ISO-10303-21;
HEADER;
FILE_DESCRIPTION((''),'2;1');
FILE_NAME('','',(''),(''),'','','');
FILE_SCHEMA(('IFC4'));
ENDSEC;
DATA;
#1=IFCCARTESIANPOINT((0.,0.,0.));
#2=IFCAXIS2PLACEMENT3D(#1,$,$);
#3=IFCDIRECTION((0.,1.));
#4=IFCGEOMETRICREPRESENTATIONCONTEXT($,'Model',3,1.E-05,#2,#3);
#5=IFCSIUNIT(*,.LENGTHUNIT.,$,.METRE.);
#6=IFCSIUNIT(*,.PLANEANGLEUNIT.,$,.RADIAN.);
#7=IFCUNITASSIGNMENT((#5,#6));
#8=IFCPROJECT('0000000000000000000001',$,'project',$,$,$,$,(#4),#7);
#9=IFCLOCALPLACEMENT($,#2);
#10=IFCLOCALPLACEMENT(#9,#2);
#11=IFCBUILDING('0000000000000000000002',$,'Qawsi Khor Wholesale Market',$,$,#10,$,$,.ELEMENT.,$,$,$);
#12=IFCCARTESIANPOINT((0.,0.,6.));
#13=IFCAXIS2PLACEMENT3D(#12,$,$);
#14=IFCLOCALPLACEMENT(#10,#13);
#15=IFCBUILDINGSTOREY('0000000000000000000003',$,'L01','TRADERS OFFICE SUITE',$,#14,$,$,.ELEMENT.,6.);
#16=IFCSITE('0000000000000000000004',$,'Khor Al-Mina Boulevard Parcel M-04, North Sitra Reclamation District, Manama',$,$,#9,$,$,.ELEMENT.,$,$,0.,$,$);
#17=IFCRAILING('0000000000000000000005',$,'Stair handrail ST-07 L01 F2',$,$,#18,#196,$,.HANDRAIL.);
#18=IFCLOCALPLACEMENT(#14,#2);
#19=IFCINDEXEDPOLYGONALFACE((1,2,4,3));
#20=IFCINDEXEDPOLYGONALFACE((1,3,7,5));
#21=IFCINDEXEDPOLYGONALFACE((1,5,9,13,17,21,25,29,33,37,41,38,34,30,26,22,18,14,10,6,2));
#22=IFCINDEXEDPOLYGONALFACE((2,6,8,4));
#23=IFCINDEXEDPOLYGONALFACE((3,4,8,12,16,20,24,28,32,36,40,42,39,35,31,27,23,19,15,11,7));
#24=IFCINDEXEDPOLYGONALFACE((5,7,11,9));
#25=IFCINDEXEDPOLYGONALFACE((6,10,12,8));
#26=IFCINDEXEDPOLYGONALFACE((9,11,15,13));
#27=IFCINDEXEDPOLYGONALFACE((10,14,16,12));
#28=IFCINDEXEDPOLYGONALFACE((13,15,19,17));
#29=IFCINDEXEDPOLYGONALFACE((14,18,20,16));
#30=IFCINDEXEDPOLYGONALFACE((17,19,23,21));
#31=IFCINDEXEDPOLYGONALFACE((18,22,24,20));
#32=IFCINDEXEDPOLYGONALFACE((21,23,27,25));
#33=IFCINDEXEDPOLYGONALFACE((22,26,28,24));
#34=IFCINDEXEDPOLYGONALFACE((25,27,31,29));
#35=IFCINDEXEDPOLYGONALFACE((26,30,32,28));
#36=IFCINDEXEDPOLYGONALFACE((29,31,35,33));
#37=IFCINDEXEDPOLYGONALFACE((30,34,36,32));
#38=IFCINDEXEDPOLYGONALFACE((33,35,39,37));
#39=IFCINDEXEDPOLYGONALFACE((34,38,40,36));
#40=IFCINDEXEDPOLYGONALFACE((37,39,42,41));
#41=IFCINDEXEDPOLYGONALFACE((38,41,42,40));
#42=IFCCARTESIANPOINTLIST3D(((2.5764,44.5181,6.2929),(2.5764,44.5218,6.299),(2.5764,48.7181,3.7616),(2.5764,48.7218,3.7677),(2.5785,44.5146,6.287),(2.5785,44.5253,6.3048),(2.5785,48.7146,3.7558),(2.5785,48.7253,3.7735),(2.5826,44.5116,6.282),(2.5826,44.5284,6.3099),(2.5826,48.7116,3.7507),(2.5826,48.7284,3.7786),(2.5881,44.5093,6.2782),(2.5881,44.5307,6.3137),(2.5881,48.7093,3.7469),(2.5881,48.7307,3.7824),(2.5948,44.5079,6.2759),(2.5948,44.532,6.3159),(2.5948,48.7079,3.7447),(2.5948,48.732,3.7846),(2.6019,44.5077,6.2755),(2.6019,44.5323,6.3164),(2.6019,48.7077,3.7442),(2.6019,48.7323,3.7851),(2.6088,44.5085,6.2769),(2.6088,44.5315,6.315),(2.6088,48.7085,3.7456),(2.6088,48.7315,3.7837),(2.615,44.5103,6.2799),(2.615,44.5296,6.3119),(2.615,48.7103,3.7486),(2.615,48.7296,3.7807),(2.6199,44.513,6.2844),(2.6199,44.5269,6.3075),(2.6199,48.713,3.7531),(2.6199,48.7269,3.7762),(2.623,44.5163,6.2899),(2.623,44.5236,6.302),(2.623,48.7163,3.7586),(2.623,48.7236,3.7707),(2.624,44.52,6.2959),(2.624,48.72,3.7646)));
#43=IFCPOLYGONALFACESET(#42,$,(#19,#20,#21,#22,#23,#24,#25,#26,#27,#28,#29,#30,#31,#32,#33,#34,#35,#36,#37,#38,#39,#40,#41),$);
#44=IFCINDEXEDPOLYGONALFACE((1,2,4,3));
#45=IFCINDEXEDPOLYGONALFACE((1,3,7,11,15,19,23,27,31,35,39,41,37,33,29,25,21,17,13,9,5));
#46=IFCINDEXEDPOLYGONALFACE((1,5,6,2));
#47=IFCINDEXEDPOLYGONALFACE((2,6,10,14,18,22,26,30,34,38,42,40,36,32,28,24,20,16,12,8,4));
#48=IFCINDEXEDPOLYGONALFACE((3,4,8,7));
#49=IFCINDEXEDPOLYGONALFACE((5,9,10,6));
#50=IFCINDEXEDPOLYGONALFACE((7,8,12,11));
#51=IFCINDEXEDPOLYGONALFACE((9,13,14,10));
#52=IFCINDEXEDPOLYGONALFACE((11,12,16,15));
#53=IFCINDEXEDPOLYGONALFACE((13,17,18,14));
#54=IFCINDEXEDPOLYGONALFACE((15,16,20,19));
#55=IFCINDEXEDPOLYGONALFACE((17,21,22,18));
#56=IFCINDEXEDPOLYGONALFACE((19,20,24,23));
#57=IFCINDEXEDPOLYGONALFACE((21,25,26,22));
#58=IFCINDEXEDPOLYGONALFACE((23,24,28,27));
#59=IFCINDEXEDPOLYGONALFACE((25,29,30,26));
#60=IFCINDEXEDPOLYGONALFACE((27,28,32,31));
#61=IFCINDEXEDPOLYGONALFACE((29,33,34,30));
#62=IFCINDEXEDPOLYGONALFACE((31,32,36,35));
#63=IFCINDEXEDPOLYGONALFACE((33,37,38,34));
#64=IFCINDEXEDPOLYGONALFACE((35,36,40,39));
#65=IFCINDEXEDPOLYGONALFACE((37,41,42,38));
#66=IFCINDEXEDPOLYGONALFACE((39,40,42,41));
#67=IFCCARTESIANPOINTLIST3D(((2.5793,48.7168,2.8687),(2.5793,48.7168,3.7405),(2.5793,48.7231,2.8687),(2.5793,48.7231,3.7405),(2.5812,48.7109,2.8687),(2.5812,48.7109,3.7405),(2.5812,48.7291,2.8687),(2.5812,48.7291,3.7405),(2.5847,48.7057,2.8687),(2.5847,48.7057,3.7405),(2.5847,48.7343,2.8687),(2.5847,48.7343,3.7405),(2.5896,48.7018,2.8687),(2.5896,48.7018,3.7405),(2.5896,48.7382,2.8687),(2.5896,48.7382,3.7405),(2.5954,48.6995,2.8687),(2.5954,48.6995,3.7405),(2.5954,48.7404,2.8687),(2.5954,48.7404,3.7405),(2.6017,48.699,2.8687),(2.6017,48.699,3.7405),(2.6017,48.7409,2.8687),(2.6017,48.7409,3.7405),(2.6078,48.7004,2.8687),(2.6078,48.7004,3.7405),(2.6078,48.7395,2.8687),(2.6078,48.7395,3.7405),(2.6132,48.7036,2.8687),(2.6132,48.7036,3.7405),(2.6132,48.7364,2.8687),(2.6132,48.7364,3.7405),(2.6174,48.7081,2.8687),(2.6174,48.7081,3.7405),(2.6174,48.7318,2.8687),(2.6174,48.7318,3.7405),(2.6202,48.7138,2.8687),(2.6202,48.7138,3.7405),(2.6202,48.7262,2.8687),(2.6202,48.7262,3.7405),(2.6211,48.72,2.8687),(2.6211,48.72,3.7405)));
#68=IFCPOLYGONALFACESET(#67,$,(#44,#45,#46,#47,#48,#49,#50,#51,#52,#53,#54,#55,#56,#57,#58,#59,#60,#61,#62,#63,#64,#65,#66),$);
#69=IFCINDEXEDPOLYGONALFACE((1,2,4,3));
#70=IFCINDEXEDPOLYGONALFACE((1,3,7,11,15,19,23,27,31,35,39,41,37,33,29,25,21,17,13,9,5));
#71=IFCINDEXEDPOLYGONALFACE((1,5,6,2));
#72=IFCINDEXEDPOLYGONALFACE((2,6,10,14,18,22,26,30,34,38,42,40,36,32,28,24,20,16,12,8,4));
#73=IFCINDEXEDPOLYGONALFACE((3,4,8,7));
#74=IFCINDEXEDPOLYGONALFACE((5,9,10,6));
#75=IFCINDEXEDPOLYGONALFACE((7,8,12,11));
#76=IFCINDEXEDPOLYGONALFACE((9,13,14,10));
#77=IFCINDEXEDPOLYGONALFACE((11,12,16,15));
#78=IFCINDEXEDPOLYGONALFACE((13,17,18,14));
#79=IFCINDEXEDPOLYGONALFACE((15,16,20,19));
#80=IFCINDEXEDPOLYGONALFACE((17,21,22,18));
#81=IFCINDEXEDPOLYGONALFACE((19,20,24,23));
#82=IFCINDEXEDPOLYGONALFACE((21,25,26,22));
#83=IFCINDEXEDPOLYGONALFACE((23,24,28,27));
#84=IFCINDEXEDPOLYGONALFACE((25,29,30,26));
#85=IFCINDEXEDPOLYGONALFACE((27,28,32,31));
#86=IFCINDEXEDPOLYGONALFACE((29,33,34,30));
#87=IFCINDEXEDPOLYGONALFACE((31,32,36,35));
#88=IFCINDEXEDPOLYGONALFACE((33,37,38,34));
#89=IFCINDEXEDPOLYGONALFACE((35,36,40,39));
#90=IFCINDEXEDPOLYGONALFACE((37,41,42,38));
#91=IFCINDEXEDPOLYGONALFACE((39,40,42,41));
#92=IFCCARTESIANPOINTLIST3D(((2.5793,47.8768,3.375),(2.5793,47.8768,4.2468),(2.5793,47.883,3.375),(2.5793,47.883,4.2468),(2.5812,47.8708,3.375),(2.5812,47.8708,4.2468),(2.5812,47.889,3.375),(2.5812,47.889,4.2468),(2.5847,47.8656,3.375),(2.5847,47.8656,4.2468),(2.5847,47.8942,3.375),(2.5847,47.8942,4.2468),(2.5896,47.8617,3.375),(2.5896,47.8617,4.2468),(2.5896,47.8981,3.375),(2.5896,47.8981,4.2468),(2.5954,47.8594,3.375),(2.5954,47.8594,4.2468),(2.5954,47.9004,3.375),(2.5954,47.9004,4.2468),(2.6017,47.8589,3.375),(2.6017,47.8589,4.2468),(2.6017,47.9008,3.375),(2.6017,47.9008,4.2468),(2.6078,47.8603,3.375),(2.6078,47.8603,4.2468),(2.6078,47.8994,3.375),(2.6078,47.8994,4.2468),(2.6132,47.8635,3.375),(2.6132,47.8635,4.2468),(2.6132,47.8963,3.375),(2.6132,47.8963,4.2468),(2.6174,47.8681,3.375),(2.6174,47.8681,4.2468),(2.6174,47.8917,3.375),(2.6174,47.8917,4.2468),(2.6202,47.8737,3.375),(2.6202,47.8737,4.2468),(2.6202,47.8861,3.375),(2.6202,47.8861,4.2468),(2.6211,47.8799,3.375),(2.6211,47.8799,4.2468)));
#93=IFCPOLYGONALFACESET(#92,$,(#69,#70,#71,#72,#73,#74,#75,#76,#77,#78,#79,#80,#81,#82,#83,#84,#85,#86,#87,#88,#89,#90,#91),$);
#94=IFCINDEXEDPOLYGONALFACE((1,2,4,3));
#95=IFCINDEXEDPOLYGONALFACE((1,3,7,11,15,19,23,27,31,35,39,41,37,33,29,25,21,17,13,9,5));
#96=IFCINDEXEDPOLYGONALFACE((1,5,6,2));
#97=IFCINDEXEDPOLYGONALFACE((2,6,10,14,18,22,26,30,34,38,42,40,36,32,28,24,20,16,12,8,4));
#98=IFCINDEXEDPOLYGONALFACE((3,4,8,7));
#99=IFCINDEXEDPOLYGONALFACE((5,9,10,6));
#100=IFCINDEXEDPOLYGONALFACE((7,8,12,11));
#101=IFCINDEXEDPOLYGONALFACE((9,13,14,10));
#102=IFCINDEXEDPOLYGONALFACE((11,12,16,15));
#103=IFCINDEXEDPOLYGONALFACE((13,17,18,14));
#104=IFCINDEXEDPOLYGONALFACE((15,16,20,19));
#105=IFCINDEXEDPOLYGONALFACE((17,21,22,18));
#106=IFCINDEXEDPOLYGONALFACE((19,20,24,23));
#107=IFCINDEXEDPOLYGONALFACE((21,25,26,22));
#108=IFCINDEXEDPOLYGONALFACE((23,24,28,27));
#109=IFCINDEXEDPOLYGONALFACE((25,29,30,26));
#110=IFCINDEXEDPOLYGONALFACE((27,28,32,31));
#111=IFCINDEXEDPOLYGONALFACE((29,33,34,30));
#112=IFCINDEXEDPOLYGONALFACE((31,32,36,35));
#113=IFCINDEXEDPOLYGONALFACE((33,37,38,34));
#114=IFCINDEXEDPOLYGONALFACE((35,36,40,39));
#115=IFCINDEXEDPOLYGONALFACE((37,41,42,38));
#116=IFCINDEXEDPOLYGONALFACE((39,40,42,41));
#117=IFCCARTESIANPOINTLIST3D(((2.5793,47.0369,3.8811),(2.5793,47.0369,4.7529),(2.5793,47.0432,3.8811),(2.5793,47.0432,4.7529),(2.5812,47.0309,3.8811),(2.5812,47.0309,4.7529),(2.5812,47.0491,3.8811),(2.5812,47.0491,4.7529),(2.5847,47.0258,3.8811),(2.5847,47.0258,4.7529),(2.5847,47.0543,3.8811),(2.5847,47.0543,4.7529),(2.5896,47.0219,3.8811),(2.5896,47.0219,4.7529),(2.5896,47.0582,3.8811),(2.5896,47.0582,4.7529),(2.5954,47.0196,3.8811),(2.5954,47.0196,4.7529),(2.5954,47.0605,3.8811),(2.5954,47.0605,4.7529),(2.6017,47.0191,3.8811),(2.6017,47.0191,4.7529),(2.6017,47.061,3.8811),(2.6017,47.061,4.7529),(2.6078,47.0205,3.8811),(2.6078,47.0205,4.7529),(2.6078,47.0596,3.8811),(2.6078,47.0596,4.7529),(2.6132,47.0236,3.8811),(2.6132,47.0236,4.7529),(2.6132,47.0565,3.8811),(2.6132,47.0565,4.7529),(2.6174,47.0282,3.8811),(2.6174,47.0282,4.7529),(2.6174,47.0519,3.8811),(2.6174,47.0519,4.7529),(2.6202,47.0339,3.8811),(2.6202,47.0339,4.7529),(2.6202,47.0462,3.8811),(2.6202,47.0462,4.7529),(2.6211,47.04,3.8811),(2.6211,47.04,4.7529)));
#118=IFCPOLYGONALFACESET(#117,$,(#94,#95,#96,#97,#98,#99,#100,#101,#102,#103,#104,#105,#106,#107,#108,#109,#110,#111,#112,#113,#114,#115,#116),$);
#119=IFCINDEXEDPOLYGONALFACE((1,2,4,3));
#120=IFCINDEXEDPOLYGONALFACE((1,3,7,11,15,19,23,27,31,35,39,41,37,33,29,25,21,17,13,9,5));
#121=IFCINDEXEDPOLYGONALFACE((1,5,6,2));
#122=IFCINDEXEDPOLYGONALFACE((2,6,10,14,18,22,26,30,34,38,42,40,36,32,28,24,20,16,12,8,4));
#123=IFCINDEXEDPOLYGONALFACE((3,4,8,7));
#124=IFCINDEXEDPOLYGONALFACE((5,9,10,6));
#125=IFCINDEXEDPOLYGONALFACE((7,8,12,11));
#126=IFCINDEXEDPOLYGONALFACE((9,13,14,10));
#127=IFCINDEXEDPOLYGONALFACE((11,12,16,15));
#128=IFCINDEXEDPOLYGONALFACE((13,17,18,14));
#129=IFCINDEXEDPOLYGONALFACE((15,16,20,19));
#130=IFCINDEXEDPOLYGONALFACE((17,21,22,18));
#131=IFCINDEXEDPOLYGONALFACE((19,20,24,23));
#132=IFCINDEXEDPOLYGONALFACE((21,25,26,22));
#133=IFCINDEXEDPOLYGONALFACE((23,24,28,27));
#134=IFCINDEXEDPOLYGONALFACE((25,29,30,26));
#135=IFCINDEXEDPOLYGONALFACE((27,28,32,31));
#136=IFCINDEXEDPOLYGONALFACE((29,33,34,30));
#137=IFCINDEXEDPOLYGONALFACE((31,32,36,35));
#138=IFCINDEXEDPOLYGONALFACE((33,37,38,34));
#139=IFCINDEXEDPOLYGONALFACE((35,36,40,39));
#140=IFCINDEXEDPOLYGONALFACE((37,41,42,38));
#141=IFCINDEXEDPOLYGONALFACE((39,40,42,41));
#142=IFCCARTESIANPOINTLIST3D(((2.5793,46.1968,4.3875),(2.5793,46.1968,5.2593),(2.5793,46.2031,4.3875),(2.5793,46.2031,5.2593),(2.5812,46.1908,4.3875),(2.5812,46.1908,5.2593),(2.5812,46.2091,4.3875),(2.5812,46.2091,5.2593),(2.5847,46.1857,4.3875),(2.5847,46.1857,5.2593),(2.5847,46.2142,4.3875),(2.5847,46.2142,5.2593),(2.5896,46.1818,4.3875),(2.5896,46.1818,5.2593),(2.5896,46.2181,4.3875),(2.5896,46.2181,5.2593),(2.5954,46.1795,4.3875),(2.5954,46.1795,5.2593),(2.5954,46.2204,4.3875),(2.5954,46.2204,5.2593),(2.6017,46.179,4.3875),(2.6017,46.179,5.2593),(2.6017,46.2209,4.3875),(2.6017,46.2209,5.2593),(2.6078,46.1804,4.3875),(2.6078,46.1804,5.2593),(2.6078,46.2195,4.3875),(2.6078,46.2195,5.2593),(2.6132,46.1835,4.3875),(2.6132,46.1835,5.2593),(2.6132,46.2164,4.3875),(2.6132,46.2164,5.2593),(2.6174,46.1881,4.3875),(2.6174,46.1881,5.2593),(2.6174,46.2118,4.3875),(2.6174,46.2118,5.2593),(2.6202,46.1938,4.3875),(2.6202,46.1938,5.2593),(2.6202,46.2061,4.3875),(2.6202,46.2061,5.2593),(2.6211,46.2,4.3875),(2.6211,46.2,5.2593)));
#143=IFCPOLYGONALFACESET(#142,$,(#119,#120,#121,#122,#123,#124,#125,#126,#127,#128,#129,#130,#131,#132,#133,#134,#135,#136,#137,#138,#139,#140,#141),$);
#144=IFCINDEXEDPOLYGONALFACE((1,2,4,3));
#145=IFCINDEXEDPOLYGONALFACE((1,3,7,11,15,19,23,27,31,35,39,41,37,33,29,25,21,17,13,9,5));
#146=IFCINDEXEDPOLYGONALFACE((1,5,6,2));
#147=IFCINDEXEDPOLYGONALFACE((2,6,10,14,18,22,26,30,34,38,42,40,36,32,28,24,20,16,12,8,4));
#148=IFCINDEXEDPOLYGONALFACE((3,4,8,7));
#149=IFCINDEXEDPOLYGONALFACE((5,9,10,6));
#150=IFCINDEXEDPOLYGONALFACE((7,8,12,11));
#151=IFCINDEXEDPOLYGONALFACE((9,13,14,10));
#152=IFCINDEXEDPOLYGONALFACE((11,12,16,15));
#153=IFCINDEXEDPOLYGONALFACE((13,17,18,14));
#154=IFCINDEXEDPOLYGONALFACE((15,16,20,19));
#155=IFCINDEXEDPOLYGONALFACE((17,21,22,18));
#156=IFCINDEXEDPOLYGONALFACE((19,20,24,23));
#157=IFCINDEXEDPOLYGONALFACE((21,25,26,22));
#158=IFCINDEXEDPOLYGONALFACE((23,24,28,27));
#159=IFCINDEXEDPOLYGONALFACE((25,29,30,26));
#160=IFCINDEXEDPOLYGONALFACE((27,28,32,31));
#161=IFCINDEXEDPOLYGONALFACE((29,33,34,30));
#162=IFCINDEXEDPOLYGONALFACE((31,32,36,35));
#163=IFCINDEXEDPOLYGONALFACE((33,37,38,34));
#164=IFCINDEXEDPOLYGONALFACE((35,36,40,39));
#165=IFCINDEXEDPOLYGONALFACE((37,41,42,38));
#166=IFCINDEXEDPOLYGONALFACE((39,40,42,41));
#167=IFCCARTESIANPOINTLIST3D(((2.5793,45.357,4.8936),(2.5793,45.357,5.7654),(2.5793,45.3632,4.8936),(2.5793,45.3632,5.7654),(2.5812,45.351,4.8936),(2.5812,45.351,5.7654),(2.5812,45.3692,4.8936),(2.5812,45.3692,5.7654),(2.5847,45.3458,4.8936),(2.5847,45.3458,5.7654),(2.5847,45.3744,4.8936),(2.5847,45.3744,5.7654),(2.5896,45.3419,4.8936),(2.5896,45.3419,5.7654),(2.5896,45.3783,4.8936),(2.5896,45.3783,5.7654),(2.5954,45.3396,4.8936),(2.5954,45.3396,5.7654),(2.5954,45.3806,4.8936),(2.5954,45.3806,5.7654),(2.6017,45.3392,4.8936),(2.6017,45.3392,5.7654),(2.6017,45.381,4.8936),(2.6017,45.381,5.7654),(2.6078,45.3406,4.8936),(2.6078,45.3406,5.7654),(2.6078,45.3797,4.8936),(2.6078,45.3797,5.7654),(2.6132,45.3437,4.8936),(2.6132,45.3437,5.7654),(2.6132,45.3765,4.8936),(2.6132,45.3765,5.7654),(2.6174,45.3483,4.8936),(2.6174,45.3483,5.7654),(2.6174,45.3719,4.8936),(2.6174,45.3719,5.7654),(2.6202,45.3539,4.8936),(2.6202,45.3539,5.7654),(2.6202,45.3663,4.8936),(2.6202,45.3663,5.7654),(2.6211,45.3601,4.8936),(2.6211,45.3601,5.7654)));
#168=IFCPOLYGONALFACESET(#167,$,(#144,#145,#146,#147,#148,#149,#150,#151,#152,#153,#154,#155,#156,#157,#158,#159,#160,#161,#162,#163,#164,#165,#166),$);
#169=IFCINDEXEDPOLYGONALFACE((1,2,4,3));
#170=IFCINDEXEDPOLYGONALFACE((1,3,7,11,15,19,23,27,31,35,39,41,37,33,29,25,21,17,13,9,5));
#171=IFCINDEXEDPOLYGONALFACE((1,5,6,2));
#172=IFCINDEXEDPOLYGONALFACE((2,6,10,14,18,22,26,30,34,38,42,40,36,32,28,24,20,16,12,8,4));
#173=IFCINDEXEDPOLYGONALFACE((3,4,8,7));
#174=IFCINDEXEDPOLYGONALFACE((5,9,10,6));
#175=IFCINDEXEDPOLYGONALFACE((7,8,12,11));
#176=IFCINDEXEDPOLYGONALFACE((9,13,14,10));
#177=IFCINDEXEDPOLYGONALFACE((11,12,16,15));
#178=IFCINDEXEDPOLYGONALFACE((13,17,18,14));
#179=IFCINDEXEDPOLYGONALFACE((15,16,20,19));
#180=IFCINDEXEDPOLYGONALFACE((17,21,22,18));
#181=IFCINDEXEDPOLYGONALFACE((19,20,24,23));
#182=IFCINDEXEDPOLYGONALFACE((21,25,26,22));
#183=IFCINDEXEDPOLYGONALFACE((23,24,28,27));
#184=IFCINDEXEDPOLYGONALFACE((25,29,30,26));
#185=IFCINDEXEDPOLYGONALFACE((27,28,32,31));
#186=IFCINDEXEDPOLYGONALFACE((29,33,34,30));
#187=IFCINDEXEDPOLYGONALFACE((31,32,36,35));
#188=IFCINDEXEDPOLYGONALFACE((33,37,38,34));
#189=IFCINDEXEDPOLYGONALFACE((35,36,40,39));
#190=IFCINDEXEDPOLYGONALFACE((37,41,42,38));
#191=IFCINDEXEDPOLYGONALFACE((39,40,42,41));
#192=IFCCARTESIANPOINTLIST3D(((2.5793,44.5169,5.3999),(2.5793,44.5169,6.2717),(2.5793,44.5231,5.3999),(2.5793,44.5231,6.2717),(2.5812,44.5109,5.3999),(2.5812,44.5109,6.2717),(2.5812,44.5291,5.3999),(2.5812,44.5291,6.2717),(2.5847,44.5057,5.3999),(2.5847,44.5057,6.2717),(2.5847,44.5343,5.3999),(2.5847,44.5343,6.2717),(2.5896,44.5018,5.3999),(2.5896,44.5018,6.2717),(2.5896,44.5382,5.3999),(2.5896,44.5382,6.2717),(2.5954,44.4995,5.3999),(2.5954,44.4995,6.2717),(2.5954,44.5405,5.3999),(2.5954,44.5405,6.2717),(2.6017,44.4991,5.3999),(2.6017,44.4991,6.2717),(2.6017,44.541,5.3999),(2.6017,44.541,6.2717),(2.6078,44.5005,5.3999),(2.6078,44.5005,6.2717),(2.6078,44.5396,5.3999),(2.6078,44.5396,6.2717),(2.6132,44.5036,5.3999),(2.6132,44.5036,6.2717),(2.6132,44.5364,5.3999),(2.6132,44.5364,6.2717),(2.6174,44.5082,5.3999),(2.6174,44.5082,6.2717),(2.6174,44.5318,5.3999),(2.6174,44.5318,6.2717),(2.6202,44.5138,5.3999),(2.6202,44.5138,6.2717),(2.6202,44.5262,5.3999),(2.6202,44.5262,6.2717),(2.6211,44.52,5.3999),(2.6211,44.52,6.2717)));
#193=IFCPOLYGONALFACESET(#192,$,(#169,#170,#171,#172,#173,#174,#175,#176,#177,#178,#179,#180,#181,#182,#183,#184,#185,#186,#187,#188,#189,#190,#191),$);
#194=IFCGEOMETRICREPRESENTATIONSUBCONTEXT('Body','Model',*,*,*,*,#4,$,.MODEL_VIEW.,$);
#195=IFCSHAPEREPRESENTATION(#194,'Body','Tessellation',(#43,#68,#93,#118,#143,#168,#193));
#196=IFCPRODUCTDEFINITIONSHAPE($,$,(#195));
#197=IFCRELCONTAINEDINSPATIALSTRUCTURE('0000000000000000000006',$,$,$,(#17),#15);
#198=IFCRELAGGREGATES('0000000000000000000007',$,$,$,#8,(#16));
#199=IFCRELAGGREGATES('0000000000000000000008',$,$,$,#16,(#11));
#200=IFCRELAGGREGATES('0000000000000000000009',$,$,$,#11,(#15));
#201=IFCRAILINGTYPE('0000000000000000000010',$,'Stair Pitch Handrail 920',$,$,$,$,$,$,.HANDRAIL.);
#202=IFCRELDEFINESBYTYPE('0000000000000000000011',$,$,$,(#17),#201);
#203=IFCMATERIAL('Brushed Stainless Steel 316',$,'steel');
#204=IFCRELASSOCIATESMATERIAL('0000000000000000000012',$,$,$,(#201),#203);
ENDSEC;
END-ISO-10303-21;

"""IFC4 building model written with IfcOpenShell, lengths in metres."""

from ifc_helpers import new_model, si_unit, direction, frame, origin, origin_2d, place, context, subcontext, project, spatial, circle, extrude, material, type_object, element, save


model = new_model("IFC4")

# Units and contexts
model_context = context("Model", 3, precision=1e-05, world=origin(), true_north=direction((0.0, 1.0)))
body_context = subcontext(model_context, "Body", "Model", "MODEL_VIEW")
ifc_project = project(units=[si_unit("LENGTHUNIT", "METRE"), si_unit("PLANEANGLEUNIT", "RADIAN")], contexts=[model_context])

# Site, building, storey
site_placement = place(None, origin())
site = spatial("IfcSite", under=ifc_project, at=site_placement, Name="Khor Al-Mina Boulevard Parcel M-04, North Sitra Reclamation District, Manama", CompositionType="ELEMENT", RefElevation=0.0)
building_placement = place(site_placement, origin())
building = spatial("IfcBuilding", under=site, at=building_placement, Name="Qawsi Khor Wholesale Market", CompositionType="ELEMENT")
storey_placement = place(building_placement, frame((0.0, 0.0, 6.0)))
storey = spatial("IfcBuildingStorey", under=building, at=storey_placement, Name="L01", Description="TRADERS OFFICE SUITE", CompositionType="ELEMENT", Elevation=6.0)

# Railing
ifc_material_1 = material(Name="Brushed Stainless Steel 316", Category="steel")
railing_type_1 = type_object("IfcRailingType", Name="Stair Pitch Handrail 920", PredefinedType="HANDRAIL", material=ifc_material_1)
railing_1_placement = place(storey_placement, frame((2.6001, 48.72, 2.8687)))
element("IfcRailing", 1, at=railing_1_placement, inside=storey, type_object=railing_type_1, Name="Stair handrail ST-07 L01 F2", PredefinedType="HANDRAIL", context=body_context, shape_type="SweptSolid", body=[
    extrude(circle(Radius=0.0239, at=origin_2d()), frame((0.0, 0.0, 0.896), z_axis=(0.0, -0.856476, 0.516186), x_axis=(1.0, 0.0, 0.0)), (0.0, 0.0, 1.0), 4.9038),
    extrude(circle(Radius=0.021, at=origin_2d()), origin(), (0.0, 0.0, 1.0), 0.8718),
    extrude(circle(Radius=0.021, at=origin_2d()), frame((0.0, -0.8401, 0.5063)), (0.0, 0.0, 1.0), 0.8718),
    extrude(circle(Radius=0.021, at=origin_2d()), frame((0.0, -1.6799, 1.0125)), (0.0, 0.0, 1.0), 0.8718),
    extrude(circle(Radius=0.021, at=origin_2d()), frame((0.0, -2.52, 1.5188)), (0.0, 0.0, 1.0), 0.8718),
    extrude(circle(Radius=0.021, at=origin_2d()), frame((0.0, -3.3599, 2.0249)), (0.0, 0.0, 1.0), 0.8718),
    extrude(circle(Radius=0.021, at=origin_2d()), frame((0.0, -4.2, 2.5312)), (0.0, 0.0, 1.0), 0.8718),
])

save(model, "model.ifc")
